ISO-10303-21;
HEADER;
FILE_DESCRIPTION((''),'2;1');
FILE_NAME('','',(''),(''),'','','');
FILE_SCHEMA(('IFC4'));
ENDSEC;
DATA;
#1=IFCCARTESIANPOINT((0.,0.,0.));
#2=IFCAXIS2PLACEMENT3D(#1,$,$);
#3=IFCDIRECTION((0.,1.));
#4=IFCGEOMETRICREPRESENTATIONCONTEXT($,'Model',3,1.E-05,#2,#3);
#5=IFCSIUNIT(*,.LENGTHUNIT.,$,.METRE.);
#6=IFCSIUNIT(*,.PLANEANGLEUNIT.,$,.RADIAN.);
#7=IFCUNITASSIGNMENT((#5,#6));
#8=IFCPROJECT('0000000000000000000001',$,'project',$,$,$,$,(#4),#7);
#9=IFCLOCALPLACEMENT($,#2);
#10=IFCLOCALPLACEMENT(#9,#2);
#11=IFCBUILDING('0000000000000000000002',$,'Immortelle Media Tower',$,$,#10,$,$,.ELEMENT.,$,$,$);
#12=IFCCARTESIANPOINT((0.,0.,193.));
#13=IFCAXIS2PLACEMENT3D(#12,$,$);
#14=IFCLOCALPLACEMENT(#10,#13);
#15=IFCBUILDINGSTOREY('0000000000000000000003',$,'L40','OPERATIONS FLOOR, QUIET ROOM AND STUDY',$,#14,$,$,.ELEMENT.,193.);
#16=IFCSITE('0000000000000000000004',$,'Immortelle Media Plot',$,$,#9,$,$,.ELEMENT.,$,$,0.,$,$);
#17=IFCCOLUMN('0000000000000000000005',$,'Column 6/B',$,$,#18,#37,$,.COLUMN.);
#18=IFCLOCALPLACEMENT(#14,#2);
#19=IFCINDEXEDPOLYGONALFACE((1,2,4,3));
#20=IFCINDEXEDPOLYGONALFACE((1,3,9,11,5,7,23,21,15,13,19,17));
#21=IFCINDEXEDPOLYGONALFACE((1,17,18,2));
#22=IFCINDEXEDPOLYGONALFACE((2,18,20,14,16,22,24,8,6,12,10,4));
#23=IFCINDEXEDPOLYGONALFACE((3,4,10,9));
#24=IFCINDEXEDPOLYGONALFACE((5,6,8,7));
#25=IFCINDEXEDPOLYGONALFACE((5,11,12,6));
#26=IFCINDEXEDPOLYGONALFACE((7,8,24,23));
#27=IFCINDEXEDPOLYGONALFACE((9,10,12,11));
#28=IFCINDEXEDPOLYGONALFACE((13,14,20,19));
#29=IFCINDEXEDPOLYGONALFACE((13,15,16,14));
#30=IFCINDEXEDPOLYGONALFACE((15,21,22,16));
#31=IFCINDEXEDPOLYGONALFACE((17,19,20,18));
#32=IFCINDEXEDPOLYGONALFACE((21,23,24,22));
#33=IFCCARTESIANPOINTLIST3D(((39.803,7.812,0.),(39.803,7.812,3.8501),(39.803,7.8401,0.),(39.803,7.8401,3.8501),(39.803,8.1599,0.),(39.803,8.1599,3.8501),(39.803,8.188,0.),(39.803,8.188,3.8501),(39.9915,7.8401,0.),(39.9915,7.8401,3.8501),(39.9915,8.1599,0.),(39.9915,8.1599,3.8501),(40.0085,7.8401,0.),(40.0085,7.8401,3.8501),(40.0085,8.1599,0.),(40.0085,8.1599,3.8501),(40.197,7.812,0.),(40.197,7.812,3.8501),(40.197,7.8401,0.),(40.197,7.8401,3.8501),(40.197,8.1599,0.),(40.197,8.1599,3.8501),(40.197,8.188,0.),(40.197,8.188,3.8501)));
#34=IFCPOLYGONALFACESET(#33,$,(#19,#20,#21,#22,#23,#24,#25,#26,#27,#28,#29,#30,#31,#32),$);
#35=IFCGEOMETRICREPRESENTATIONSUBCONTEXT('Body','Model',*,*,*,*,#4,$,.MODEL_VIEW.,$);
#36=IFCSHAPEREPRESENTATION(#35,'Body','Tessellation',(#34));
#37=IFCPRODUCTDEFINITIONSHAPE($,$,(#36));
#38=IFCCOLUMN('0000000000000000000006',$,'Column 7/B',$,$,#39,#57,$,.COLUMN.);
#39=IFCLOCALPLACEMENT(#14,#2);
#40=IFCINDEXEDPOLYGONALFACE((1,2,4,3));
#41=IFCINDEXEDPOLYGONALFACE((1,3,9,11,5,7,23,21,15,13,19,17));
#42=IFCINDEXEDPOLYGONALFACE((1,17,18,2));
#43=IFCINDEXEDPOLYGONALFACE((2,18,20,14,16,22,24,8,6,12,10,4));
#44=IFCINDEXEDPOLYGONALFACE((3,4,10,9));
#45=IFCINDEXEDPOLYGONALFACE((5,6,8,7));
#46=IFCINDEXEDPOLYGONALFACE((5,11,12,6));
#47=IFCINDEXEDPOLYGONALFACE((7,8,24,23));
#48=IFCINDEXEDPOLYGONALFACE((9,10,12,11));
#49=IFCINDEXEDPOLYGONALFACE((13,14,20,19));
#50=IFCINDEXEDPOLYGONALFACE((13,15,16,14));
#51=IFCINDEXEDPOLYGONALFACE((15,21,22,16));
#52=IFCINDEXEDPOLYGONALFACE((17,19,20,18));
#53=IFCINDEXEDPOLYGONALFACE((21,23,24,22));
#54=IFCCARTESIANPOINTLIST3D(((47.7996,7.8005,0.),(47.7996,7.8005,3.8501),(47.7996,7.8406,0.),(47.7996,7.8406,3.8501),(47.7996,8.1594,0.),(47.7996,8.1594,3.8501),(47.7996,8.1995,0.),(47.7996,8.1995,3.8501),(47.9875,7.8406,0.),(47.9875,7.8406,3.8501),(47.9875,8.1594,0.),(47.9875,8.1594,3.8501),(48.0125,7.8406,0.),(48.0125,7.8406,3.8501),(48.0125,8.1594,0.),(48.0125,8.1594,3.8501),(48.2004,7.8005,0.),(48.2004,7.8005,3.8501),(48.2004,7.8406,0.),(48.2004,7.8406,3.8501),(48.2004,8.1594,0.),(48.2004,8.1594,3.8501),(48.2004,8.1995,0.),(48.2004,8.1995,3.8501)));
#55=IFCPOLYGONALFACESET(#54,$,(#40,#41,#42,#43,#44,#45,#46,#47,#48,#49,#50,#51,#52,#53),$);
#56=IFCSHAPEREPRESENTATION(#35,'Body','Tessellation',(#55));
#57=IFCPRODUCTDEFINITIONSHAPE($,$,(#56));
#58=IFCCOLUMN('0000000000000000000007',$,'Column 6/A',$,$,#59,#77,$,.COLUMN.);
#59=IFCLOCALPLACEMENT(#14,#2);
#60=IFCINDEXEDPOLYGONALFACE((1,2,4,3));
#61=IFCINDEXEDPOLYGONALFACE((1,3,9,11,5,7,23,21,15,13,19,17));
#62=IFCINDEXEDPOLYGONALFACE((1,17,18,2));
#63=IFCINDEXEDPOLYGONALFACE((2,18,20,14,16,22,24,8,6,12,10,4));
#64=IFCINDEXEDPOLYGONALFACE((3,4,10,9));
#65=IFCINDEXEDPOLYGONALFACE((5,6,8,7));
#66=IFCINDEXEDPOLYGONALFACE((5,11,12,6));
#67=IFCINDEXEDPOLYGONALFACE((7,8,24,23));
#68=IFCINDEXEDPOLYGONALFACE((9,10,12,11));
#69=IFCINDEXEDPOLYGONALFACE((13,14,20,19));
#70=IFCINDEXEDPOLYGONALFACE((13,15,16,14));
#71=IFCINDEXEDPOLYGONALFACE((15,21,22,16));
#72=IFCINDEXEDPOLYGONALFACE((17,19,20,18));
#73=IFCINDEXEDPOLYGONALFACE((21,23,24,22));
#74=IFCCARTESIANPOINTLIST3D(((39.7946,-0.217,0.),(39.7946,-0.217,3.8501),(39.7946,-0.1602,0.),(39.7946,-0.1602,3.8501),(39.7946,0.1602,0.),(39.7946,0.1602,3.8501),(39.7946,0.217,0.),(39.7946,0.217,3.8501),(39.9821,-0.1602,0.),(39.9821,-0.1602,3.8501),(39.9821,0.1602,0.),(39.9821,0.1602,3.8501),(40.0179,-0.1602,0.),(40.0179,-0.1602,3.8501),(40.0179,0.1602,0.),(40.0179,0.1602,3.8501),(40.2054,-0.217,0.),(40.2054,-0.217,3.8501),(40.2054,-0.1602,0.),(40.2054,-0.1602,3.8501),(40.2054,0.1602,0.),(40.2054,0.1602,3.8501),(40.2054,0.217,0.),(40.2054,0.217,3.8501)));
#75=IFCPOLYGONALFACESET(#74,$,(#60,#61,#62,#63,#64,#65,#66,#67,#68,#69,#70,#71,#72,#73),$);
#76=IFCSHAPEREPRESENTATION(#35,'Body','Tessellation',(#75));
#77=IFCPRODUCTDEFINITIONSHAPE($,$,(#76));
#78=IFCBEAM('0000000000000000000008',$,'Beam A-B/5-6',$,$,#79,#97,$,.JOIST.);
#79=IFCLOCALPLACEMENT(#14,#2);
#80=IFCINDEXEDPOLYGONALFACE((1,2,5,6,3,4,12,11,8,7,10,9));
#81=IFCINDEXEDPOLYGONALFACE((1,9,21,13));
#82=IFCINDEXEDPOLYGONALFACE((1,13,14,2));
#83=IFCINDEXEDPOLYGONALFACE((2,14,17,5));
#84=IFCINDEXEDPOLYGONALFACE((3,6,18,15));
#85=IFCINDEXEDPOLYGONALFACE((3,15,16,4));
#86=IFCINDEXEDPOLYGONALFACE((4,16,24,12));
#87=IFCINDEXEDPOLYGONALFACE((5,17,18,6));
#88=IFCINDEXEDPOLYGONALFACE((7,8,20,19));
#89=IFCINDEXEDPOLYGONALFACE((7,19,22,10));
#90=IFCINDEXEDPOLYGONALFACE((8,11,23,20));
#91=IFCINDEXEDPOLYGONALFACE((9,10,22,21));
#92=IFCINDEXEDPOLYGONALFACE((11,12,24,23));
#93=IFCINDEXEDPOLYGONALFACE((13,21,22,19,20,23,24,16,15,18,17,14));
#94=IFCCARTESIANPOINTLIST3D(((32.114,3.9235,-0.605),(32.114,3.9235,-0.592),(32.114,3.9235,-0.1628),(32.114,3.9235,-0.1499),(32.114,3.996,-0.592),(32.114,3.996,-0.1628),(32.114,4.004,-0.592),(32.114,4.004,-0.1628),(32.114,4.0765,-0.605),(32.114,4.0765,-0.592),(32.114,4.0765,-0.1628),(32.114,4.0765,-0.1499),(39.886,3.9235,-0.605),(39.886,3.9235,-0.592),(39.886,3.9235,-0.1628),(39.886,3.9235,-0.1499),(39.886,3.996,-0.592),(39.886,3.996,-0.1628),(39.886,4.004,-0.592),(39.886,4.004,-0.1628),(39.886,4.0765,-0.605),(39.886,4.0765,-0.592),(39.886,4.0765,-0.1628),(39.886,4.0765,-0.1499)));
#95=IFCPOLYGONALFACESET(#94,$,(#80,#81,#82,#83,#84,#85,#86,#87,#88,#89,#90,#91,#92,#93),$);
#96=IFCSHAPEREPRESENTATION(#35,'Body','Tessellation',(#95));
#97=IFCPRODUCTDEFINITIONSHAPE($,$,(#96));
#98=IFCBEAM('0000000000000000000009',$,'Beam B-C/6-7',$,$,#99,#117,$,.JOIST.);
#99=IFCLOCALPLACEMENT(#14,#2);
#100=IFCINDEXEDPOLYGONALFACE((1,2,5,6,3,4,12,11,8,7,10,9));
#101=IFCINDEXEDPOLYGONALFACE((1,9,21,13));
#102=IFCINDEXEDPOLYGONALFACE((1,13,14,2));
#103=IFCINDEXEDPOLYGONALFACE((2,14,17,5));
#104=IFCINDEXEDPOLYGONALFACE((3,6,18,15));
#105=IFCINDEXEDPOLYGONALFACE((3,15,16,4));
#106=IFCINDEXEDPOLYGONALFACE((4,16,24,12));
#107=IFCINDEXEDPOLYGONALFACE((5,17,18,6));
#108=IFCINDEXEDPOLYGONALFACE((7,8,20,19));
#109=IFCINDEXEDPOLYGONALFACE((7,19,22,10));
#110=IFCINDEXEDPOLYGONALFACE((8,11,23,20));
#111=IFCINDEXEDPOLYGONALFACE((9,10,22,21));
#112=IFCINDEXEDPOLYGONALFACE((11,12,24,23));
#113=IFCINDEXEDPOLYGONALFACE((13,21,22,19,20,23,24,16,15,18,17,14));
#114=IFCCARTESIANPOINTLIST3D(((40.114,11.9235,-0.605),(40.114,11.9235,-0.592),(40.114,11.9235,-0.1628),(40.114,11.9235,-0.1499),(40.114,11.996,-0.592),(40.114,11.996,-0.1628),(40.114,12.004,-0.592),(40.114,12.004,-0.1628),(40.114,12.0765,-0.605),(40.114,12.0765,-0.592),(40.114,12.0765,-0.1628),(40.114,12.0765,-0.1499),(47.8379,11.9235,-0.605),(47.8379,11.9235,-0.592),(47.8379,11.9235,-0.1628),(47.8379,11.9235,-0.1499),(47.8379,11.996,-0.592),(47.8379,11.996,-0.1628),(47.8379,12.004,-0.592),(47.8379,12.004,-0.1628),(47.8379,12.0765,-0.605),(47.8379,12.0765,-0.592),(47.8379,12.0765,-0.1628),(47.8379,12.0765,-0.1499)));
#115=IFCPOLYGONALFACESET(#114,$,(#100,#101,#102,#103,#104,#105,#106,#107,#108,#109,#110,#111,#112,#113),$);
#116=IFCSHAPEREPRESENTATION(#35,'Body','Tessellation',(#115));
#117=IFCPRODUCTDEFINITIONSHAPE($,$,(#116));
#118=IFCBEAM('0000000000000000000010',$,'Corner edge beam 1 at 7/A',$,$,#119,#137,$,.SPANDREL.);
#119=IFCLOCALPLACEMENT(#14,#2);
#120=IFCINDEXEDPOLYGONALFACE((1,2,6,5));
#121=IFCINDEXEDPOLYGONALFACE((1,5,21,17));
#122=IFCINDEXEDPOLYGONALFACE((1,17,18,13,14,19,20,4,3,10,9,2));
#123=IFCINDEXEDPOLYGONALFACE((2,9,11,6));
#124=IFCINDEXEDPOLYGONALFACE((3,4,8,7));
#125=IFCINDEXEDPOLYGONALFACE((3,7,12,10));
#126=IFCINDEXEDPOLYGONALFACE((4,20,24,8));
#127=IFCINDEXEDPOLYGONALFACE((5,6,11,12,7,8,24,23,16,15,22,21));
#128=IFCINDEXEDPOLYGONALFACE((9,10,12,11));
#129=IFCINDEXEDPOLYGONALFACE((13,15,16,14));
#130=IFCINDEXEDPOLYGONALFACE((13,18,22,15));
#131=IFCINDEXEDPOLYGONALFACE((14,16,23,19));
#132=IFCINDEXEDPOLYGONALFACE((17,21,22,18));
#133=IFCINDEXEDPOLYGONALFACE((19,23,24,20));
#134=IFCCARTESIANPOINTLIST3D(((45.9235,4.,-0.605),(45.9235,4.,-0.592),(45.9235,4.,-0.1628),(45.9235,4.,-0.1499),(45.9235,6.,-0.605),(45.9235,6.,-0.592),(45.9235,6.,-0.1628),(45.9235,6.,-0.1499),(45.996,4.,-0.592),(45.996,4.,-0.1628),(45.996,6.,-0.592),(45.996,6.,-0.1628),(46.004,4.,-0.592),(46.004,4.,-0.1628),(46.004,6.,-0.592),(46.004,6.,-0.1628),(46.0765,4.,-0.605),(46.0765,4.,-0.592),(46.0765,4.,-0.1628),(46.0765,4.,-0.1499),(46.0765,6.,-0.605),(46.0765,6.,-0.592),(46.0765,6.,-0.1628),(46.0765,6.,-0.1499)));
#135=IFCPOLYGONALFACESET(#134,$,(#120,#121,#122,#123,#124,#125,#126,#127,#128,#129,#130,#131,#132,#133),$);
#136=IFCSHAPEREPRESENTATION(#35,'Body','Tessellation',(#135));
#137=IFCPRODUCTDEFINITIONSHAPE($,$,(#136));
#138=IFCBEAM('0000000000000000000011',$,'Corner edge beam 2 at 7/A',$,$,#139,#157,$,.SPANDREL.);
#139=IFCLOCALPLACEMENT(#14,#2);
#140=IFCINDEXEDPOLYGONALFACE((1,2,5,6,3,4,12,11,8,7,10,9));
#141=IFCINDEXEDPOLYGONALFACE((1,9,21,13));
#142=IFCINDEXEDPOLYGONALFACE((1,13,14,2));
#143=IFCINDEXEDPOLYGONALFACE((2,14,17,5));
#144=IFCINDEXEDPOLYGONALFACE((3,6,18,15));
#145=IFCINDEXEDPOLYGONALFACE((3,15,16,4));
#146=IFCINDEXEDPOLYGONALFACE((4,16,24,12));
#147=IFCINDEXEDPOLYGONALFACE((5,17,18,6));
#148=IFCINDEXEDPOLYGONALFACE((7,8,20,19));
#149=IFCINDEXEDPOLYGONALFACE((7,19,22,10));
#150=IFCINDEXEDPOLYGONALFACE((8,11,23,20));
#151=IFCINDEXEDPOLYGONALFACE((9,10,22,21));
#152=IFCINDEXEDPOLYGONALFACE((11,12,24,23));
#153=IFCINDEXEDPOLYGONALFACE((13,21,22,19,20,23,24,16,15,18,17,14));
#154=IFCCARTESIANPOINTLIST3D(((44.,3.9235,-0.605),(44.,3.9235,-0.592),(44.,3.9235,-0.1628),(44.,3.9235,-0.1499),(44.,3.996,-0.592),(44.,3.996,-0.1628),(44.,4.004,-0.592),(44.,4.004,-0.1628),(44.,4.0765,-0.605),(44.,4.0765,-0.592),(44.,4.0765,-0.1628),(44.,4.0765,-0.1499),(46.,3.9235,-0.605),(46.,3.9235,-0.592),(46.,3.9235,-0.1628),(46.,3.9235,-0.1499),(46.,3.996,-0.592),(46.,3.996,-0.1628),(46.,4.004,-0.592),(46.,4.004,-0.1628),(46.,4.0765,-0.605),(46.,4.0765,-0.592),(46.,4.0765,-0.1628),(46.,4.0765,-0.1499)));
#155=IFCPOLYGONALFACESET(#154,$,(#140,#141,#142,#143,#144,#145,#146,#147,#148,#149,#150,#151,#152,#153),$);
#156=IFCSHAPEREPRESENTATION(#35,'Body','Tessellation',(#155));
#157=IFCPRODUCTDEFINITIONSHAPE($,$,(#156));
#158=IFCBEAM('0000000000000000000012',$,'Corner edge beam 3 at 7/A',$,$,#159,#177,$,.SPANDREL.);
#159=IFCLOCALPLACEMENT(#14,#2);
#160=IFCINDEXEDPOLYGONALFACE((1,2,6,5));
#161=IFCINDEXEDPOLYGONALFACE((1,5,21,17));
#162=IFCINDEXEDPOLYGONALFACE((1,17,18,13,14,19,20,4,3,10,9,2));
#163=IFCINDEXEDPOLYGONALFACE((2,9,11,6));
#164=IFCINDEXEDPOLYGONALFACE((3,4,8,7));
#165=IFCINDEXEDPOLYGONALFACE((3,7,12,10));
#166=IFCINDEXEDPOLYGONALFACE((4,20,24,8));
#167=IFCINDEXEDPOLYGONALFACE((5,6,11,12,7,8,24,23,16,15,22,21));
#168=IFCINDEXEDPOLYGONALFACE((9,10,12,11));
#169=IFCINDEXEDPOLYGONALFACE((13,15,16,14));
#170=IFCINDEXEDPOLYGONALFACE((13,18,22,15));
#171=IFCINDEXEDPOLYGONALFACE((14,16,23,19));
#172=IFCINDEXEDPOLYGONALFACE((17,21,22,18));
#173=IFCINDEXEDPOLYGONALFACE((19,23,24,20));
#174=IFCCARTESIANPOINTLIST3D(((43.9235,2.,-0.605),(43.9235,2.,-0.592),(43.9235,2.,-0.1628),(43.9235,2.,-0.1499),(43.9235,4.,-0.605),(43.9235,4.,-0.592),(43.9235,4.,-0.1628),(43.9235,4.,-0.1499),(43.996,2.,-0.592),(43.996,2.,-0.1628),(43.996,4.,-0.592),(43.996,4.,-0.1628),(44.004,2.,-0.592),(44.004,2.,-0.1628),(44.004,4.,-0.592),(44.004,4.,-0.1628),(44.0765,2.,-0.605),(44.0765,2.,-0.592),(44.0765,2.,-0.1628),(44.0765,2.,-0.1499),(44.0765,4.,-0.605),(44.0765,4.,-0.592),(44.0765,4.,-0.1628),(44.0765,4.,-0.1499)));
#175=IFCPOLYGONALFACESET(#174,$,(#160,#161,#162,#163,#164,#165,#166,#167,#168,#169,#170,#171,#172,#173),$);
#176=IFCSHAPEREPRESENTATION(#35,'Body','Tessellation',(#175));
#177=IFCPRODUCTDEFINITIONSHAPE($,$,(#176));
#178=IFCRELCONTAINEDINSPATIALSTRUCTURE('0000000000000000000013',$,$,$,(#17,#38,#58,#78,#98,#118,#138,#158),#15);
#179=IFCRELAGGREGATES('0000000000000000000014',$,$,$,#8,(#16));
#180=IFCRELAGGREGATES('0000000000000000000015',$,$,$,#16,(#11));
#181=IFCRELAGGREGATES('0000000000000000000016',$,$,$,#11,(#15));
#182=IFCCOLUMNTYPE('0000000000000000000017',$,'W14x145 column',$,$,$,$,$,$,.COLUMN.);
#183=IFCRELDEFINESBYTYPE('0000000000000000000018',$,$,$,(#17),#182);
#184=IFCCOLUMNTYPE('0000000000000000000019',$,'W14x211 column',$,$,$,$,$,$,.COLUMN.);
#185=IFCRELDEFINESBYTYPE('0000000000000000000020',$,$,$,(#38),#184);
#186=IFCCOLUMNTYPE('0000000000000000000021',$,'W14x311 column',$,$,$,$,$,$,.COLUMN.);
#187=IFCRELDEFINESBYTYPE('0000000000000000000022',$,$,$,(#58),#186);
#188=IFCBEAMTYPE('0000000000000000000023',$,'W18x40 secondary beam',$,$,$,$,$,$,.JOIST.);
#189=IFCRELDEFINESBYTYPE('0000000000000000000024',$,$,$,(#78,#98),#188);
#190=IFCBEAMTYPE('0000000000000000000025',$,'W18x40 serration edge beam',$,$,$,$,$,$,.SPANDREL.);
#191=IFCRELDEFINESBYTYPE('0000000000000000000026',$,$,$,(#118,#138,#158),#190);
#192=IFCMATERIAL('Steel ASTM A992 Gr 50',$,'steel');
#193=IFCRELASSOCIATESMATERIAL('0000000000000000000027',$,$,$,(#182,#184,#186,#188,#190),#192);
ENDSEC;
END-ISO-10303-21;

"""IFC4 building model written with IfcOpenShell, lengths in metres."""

from ifc_helpers import new_model, si_unit, direction, frame, origin, origin_2d, place, context, subcontext, project, spatial, i_section, extrude, material, material_profile, profile_set, type_object, element, save


model = new_model("IFC4")

# Units and contexts
model_context = context("Model", 3, precision=1e-05, world=origin(), true_north=direction((0.0, 1.0)))
body_context = subcontext(model_context, "Body", "Model", "MODEL_VIEW")
ifc_project = project(units=[si_unit("LENGTHUNIT", "METRE"), si_unit("PLANEANGLEUNIT", "RADIAN")], contexts=[model_context])

# Site, building, storey
site_placement = place(None, origin())
site = spatial("IfcSite", under=ifc_project, at=site_placement, Name="Immortelle Media Plot", CompositionType="ELEMENT", RefElevation=0.0)
building_placement = place(site_placement, origin())
building = spatial("IfcBuilding", under=site, at=building_placement, Name="Immortelle Media Tower", CompositionType="ELEMENT")
storey_placement = place(building_placement, frame((0.0, 0.0, 193.0)))
storey = spatial("IfcBuildingStorey", under=building, at=storey_placement, Name="L40", Description="OPERATIONS FLOOR, QUIET ROOM AND STUDY", CompositionType="ELEMENT", Elevation=193.0)

# Columns
ifc_material_1 = material(Name="Steel ASTM A992 Gr 50", Category="steel")
ifc_material_profile_1 = material_profile(ifc_material_1, i_section(OverallWidth=0.394, OverallDepth=0.376, WebThickness=0.0171, FlangeThickness=0.0281, at=origin_2d()), Name="W14x145")
ifc_profile_set_1 = profile_set([ifc_material_profile_1], Name="Steel ASTM A992 Gr 50")
column_type_1 = type_object("IfcColumnType", Name="W14x145 column", PredefinedType="COLUMN", material=ifc_profile_set_1)
column_1_placement = place(storey_placement, frame((40.0, 8.0, 0.0), z_axis=(0.0, 0.0, 1.0), x_axis=(1.0, 0.0, 0.0)))
element("IfcColumn", 1, at=column_1_placement, inside=storey, type_object=column_type_1, Name="Column 6/B", PredefinedType="COLUMN", context=body_context, shape_type="SweptSolid", body=[
    extrude(i_section(OverallWidth=0.394, OverallDepth=0.376, WebThickness=0.0171, FlangeThickness=0.0281, at=origin_2d()), origin(), (0.0, 0.0, 1.0), 3.8501),
])
ifc_material_profile_2 = material_profile(ifc_material_1, i_section(OverallWidth=0.4009, OverallDepth=0.3989, WebThickness=0.0249, FlangeThickness=0.04, at=origin_2d()), Name="W14x211")
ifc_profile_set_2 = profile_set([ifc_material_profile_2], Name="Steel ASTM A992 Gr 50")
column_type_2 = type_object("IfcColumnType", Name="W14x211 column", PredefinedType="COLUMN", material=ifc_profile_set_2)
column_2_placement = place(storey_placement, frame((48.0, 8.0, 0.0), z_axis=(0.0, 0.0, 1.0), x_axis=(1.0, 0.0, 0.0)))
element("IfcColumn", 2, at=column_2_placement, inside=storey, type_object=column_type_2, Name="Column 7/B", PredefinedType="COLUMN", context=body_context, shape_type="SweptSolid", body=[
    extrude(i_section(OverallWidth=0.4009, OverallDepth=0.3989, WebThickness=0.0249, FlangeThickness=0.04, at=origin_2d()), origin(), (0.0, 0.0, 1.0), 3.8501),
])
ifc_material_profile_3 = material_profile(ifc_material_1, i_section(OverallWidth=0.4109, OverallDepth=0.4341, WebThickness=0.0359, FlangeThickness=0.0569, at=origin_2d()), Name="W14x311")
ifc_profile_set_3 = profile_set([ifc_material_profile_3], Name="Steel ASTM A992 Gr 50")
column_type_3 = type_object("IfcColumnType", Name="W14x311 column", PredefinedType="COLUMN", material=ifc_profile_set_3)
column_3_placement = place(storey_placement, frame((40.0, 0.0, 0.0), z_axis=(0.0, 0.0, 1.0), x_axis=(1.0, 0.0, 0.0)))
element("IfcColumn", 3, at=column_3_placement, inside=storey, type_object=column_type_3, Name="Column 6/A", PredefinedType="COLUMN", context=body_context, shape_type="SweptSolid", body=[
    extrude(i_section(OverallWidth=0.4109, OverallDepth=0.4341, WebThickness=0.0359, FlangeThickness=0.0569, at=origin_2d()), origin(), (0.0, 0.0, 1.0), 3.8501),
])

# Beams
ifc_material_profile_4 = material_profile(ifc_material_1, i_section(OverallWidth=0.1531, OverallDepth=0.4551, WebThickness=0.0081, FlangeThickness=0.0129, at=origin_2d()), Name="W18x40")
ifc_profile_set_4 = profile_set([ifc_material_profile_4], Name="Steel ASTM A992 Gr 50")
beam_type_1 = type_object("IfcBeamType", Name="W18x40 secondary beam", PredefinedType="JOIST", material=ifc_profile_set_4)
beam_1_placement = place(storey_placement, frame((32.114, 4.0, -0.3774), z_axis=(1.0, 0.0, 0.0), x_axis=(0.0, 1.0, 0.0)))
element("IfcBeam", 4, at=beam_1_placement, inside=storey, type_object=beam_type_1, Name="Beam A-B/5-6", PredefinedType="JOIST", context=body_context, shape_type="SweptSolid", body=[
    extrude(i_section(OverallWidth=0.1531, OverallDepth=0.4551, WebThickness=0.0081, FlangeThickness=0.0129, at=origin_2d()), origin(), (0.0, 0.0, 1.0), 7.772),
])
beam_2_placement = place(storey_placement, frame((40.114, 12.0, -0.3774), z_axis=(1.0, 0.0, 0.0), x_axis=(0.0, 1.0, 0.0)))
element("IfcBeam", 5, at=beam_2_placement, inside=storey, type_object=beam_type_1, Name="Beam B-C/6-7", PredefinedType="JOIST", context=body_context, shape_type="SweptSolid", body=[
    extrude(i_section(OverallWidth=0.1531, OverallDepth=0.4551, WebThickness=0.0081, FlangeThickness=0.0129, at=origin_2d()), origin(), (0.0, 0.0, 1.0), 7.7239),
])
ifc_material_profile_5 = material_profile(ifc_material_1, i_section(OverallWidth=0.1531, OverallDepth=0.4551, WebThickness=0.0081, FlangeThickness=0.0129, at=origin_2d()), Name="W18x40")
ifc_profile_set_5 = profile_set([ifc_material_profile_5], Name="Steel ASTM A992 Gr 50")
beam_type_2 = type_object("IfcBeamType", Name="W18x40 serration edge beam", PredefinedType="SPANDREL", material=ifc_profile_set_5)
for number, where, z_axis, x_axis, name in (
    (6, (46.0, 6.0, -0.3774), (0.0, -1.0, 0.0), (1.0, 0.0, 0.0), "Corner edge beam 1 at 7/A"),
    (7, (46.0, 4.0, -0.3774), (-1.0, 0.0, 0.0), (0.0, -1.0, 0.0), "Corner edge beam 2 at 7/A"),
    (8, (44.0, 4.0, -0.3774), (0.0, -1.0, 0.0), (1.0, 0.0, 0.0), "Corner edge beam 3 at 7/A"),
):
    element("IfcBeam", number, at=place(storey_placement, frame(where, z_axis=z_axis, x_axis=x_axis)), inside=storey, type_object=beam_type_2, Name=name, PredefinedType="SPANDREL", context=body_context, shape_type="SweptSolid", body=[
        extrude(i_section(OverallWidth=0.1531, OverallDepth=0.4551, WebThickness=0.0081, FlangeThickness=0.0129, at=origin_2d()), origin(), (0.0, 0.0, 1.0), 2.0),
    ])

save(model, "model.ifc")
